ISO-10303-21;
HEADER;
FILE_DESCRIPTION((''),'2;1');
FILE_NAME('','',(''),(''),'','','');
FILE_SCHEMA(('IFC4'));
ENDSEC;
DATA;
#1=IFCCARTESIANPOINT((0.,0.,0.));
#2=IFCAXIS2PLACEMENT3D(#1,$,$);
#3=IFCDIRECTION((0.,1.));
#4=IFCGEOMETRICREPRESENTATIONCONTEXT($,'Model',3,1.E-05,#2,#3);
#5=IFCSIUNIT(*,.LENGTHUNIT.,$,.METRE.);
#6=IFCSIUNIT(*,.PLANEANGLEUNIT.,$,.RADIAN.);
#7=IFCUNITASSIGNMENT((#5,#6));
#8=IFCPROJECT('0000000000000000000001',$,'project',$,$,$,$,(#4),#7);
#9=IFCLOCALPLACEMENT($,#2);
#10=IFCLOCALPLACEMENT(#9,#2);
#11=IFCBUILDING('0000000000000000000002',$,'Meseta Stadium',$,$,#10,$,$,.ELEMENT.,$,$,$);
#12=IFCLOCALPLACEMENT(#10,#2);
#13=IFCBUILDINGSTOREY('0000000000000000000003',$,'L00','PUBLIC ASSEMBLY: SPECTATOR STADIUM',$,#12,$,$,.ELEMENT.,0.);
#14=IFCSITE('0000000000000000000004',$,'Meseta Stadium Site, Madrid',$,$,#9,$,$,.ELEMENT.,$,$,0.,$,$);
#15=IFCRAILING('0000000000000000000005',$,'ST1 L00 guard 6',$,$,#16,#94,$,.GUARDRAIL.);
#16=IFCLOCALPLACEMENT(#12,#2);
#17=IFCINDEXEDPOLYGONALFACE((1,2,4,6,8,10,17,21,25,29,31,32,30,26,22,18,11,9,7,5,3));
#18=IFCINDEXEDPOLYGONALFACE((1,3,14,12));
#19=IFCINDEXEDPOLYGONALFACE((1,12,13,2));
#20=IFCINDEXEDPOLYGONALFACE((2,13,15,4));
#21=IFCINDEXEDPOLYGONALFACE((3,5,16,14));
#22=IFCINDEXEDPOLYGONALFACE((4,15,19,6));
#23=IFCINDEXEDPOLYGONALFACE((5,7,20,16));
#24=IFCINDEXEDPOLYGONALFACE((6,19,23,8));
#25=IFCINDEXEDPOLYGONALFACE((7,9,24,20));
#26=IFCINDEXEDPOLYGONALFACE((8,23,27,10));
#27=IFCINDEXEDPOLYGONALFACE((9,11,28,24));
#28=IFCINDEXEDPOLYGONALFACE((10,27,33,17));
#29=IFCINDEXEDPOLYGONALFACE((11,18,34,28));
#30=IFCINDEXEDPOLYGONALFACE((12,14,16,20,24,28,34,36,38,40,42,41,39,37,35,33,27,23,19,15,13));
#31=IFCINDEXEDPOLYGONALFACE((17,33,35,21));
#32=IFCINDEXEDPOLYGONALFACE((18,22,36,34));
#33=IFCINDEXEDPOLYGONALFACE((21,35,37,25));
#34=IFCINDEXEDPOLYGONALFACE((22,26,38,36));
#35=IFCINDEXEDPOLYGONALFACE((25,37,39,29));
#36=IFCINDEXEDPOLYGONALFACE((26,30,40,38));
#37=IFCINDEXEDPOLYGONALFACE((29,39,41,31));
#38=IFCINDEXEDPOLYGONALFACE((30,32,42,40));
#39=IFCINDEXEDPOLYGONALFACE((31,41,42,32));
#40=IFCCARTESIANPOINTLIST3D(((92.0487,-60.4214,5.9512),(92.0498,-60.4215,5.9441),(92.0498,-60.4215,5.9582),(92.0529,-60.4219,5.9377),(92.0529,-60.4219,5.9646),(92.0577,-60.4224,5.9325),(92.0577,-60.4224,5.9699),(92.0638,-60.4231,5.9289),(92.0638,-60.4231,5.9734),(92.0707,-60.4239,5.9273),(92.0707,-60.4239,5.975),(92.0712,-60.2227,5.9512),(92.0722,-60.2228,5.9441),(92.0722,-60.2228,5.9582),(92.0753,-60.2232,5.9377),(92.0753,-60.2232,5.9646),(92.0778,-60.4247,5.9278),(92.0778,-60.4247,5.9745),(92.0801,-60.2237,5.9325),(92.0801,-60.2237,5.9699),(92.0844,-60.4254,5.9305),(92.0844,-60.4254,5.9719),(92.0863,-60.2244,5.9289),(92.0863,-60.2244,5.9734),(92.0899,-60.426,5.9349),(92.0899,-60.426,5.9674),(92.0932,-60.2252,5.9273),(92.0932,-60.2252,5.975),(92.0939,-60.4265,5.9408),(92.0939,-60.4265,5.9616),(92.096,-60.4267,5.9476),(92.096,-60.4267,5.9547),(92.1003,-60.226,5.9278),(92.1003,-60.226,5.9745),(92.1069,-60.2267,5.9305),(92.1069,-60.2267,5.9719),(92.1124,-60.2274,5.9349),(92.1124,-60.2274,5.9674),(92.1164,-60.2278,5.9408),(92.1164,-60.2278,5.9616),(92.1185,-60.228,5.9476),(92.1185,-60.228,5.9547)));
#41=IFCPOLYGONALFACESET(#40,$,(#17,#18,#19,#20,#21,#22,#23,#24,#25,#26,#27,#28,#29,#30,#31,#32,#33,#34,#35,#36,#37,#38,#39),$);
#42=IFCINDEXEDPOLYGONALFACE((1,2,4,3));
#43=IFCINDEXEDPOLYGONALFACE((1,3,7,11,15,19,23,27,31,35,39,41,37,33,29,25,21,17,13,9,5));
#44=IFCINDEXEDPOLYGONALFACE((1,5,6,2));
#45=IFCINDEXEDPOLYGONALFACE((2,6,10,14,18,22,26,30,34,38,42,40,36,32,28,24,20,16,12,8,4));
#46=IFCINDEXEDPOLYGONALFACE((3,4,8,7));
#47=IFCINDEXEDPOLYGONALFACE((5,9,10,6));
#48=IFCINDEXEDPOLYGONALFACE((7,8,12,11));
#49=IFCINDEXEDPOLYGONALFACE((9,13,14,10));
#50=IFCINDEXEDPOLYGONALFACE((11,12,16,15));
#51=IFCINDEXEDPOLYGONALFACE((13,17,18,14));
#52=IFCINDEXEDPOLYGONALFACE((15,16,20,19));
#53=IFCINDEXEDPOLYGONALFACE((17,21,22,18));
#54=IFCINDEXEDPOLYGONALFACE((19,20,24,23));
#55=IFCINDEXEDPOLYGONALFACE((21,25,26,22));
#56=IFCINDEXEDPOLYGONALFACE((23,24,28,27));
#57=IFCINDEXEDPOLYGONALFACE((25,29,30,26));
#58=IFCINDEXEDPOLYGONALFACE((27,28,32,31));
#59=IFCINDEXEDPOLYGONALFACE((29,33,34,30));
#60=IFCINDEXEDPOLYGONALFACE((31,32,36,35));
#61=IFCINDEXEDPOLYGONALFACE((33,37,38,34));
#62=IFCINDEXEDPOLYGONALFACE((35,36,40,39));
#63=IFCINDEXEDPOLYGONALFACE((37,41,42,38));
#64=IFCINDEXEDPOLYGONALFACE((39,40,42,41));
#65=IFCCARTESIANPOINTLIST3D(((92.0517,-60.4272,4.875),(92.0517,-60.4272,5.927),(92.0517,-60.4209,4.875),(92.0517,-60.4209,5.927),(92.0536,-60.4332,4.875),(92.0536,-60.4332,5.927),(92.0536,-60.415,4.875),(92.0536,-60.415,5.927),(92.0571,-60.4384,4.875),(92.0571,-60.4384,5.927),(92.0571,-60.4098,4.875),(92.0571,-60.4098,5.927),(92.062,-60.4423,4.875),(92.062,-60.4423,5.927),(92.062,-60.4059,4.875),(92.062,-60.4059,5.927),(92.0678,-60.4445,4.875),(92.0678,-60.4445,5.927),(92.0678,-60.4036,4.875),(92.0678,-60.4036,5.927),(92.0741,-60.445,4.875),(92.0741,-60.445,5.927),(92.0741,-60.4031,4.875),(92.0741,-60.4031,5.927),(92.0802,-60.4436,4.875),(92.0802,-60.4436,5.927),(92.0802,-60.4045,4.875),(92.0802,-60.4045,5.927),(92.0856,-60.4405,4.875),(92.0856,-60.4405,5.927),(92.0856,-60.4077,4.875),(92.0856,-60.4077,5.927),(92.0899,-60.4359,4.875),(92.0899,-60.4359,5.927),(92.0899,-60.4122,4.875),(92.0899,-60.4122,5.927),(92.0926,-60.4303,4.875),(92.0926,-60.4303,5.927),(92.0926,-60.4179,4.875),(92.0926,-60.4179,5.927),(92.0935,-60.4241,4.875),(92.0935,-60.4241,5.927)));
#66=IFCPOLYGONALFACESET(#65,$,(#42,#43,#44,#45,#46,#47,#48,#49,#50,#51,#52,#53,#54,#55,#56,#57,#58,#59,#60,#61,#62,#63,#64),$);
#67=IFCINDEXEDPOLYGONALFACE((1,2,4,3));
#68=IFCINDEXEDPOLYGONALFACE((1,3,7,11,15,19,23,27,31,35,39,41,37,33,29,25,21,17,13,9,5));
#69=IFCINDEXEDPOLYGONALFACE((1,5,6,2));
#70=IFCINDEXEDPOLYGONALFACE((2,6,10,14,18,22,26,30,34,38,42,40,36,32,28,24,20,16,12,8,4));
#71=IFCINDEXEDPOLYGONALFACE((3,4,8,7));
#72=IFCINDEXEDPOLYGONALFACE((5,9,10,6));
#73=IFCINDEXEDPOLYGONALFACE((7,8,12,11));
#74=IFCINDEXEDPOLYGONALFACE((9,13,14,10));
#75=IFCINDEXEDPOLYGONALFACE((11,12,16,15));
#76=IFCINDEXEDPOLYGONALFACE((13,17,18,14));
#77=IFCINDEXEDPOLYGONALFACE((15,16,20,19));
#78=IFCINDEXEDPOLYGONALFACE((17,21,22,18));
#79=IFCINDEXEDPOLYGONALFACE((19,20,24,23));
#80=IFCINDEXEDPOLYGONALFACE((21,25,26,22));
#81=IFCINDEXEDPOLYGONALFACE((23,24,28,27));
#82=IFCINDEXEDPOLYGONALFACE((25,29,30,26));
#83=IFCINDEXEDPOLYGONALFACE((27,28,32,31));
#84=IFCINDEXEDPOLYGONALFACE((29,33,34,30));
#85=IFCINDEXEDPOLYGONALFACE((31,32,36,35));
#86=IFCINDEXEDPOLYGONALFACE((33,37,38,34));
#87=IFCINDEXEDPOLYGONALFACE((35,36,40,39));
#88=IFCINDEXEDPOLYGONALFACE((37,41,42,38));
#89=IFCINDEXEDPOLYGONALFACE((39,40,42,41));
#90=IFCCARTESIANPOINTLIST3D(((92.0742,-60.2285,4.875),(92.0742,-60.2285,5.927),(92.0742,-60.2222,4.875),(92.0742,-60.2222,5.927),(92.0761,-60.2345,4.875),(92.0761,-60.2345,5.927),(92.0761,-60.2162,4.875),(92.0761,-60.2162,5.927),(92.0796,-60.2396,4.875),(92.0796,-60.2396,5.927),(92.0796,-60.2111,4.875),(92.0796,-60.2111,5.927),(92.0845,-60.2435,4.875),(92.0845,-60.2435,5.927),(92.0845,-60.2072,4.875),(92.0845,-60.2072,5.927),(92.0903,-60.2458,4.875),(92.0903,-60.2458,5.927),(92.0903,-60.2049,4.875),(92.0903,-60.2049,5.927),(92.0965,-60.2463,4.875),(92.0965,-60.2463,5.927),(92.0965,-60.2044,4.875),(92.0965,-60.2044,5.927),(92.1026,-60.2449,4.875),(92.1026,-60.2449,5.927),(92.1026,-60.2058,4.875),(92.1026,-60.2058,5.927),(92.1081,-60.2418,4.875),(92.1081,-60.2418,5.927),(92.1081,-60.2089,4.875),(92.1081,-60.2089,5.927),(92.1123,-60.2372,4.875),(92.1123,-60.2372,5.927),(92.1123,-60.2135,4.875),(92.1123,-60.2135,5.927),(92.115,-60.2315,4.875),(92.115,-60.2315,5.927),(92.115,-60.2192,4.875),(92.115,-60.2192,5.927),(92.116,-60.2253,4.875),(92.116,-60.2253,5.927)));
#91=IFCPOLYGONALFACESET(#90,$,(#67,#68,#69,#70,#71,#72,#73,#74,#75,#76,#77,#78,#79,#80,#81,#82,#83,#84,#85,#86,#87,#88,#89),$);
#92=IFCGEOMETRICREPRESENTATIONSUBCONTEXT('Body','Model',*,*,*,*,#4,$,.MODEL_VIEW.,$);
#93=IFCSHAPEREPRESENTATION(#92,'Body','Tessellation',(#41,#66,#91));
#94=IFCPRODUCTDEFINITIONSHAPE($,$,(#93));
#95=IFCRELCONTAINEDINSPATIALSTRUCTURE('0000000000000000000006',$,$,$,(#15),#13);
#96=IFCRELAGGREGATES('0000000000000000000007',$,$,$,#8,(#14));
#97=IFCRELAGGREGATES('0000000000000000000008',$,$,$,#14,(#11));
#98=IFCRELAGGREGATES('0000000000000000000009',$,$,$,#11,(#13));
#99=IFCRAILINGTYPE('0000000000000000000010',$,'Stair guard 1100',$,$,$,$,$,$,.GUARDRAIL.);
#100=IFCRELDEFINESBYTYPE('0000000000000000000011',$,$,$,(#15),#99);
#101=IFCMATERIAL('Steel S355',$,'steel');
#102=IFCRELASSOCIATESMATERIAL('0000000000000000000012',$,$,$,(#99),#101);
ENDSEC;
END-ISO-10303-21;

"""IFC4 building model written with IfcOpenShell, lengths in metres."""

from ifc_helpers import new_model, si_unit, direction, frame, origin, origin_2d, place, context, subcontext, project, spatial, circle, extrude, material, type_object, element, save


model = new_model("IFC4")

# Units and contexts
model_context = context("Model", 3, precision=1e-05, world=origin(), true_north=direction((0.0, 1.0)))
body_context = subcontext(model_context, "Body", "Model", "MODEL_VIEW")
ifc_project = project(units=[si_unit("LENGTHUNIT", "METRE"), si_unit("PLANEANGLEUNIT", "RADIAN")], contexts=[model_context])

# Site, building, storey
site_placement = place(None, origin())
site = spatial("IfcSite", under=ifc_project, at=site_placement, Name="Meseta Stadium Site, Madrid", CompositionType="ELEMENT", RefElevation=0.0)
building_placement = place(site_placement, origin())
building = spatial("IfcBuilding", under=site, at=building_placement, Name="Meseta Stadium", CompositionType="ELEMENT")
storey_placement = place(building_placement, origin())
storey = spatial("IfcBuildingStorey", under=building, at=storey_placement, Name="L00", Description="PUBLIC ASSEMBLY: SPECTATOR STADIUM", CompositionType="ELEMENT", Elevation=0.0)

# Railing
ifc_material_1 = material(Name="Steel S355", Category="steel")
railing_type_1 = type_object("IfcRailingType", Name="Stair guard 1100", PredefinedType="GUARDRAIL", material=ifc_material_1)
railing_1_placement = place(storey_placement, frame((92.0725, -60.4241, 4.875)))
element("IfcRailing", 1, at=railing_1_placement, inside=storey, type_object=railing_type_1, Name="ST1 L00 guard 6", PredefinedType="GUARDRAIL", context=body_context, shape_type="SweptSolid", body=[
    extrude(circle(Radius=0.0239, at=origin_2d()), frame((0.0, 0.0, 1.0762), z_axis=(0.112307, 0.993674, 0.0), x_axis=(-0.993674, 0.112307, 0.0)), (0.0, 0.0, 1.0), 0.2),
    extrude(circle(Radius=0.021, at=origin_2d()), origin(), (0.0, 0.0, 1.0), 1.052),
    extrude(circle(Radius=0.021, at=origin_2d()), frame((0.0225, 0.1987, 0.0)), (0.0, 0.0, 1.0), 1.052),
])

save(model, "model.ifc")
